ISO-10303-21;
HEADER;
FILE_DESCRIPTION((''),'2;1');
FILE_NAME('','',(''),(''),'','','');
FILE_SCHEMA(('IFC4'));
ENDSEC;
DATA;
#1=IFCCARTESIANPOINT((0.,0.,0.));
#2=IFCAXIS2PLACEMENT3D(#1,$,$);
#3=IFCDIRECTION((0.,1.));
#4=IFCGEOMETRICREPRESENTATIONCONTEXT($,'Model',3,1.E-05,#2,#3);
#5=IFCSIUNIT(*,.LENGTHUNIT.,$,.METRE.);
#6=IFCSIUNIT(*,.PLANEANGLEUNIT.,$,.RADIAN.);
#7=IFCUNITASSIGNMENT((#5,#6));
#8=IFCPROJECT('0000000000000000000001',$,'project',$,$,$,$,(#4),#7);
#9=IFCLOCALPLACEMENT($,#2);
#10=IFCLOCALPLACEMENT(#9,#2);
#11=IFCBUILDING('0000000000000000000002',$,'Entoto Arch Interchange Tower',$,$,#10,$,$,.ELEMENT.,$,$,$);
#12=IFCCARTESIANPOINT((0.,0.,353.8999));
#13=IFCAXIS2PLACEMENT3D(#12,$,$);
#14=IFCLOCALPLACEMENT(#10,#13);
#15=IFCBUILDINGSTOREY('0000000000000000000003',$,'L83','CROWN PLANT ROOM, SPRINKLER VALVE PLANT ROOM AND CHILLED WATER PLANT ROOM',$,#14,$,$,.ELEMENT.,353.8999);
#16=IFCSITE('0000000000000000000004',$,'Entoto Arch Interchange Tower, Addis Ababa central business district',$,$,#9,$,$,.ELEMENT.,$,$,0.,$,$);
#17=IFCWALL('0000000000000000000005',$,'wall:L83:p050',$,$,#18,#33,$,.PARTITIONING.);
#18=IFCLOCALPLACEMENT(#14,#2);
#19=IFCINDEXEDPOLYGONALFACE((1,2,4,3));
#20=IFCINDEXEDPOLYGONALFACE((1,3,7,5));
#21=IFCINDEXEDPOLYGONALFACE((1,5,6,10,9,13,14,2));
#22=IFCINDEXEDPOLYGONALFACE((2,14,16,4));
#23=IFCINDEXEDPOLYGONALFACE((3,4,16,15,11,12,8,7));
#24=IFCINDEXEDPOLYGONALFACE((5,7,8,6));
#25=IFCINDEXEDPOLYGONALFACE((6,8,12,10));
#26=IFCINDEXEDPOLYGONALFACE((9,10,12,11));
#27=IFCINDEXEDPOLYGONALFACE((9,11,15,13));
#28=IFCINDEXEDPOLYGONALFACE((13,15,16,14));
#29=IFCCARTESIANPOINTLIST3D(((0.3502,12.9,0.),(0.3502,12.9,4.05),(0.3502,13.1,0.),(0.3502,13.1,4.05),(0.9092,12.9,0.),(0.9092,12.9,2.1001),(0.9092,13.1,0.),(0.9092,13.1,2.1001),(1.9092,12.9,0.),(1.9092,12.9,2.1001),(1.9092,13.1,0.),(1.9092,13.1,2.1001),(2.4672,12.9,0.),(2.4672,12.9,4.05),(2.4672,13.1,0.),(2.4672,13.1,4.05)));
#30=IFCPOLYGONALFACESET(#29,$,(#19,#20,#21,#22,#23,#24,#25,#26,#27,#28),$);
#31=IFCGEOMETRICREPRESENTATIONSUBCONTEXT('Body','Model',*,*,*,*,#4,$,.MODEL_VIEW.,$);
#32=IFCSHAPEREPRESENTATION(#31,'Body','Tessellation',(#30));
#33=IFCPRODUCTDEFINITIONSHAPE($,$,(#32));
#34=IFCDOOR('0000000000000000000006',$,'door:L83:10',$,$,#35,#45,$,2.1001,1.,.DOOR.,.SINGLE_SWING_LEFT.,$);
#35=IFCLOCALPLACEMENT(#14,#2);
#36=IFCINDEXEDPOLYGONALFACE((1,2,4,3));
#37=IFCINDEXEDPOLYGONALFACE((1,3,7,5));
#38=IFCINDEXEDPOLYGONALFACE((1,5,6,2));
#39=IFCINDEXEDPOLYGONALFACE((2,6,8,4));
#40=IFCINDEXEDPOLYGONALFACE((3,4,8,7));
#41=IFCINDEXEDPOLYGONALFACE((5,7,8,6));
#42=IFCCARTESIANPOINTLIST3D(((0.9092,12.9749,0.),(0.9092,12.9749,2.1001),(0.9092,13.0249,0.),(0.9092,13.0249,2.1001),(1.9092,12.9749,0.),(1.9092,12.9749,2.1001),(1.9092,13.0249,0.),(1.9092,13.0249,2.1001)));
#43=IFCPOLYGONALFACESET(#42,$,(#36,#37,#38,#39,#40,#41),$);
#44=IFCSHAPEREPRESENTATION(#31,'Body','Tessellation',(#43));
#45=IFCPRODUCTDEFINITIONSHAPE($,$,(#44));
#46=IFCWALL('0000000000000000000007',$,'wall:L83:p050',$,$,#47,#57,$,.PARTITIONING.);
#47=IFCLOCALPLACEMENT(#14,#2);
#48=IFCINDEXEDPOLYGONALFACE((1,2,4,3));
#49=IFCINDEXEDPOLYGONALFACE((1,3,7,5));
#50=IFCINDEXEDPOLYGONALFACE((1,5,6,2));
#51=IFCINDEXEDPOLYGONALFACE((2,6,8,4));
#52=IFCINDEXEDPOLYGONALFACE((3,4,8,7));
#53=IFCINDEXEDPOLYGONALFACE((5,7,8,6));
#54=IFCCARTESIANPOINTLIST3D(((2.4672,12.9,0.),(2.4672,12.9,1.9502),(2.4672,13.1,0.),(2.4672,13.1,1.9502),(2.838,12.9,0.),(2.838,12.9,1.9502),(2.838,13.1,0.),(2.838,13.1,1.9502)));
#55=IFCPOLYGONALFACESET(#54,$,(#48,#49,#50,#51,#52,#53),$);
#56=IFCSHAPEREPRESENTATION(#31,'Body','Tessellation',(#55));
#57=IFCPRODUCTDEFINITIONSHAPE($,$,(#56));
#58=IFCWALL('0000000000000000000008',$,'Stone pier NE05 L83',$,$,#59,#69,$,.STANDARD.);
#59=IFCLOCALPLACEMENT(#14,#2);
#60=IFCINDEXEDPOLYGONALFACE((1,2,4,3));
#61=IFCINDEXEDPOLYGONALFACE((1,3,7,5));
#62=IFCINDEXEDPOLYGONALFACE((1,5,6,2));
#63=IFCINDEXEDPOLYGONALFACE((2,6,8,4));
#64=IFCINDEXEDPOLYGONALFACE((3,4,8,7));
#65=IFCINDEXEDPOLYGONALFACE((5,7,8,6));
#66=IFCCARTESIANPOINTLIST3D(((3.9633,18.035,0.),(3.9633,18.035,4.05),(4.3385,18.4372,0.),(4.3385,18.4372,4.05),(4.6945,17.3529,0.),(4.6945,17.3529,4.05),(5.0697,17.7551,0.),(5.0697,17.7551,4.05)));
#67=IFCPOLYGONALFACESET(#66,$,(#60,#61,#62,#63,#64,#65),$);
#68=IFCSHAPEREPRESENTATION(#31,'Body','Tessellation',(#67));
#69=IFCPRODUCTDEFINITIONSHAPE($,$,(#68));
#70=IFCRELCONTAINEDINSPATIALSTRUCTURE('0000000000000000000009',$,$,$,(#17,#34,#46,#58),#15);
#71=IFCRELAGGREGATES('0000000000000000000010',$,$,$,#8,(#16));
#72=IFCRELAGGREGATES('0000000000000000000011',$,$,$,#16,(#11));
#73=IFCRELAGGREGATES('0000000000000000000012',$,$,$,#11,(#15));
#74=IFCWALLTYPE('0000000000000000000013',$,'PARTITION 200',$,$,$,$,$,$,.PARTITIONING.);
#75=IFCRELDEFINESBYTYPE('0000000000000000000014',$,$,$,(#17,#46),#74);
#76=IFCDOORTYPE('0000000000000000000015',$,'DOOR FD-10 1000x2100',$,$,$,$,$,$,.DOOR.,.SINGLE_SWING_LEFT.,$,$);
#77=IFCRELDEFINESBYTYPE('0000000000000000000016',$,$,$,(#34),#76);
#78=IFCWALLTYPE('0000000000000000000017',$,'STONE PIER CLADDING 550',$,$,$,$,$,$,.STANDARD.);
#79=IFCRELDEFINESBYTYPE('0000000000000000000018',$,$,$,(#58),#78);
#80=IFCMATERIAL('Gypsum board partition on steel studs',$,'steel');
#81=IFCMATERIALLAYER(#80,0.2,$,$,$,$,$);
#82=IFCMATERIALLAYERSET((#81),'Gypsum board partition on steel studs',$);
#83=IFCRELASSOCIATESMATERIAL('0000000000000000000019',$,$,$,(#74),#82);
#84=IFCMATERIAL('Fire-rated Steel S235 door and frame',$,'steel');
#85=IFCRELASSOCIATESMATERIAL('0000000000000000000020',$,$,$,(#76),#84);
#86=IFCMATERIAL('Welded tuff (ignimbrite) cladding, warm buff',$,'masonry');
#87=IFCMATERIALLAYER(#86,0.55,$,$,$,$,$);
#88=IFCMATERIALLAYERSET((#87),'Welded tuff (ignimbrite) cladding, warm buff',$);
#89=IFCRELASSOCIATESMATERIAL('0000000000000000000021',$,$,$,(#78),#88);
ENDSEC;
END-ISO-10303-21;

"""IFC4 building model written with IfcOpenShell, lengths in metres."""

from ifc_helpers import new_model, si_unit, direction, frame, frame_2d, origin, place, context, subcontext, project, spatial, rectangle, extrude, material, layer, layer_set, type_object, element, fill, save


model = new_model("IFC4")

# Units and contexts
model_context = context("Model", 3, precision=1e-05, world=origin(), true_north=direction((0.0, 1.0)))
body_context = subcontext(model_context, "Body", "Model", "MODEL_VIEW")
ifc_project = project(units=[si_unit("LENGTHUNIT", "METRE"), si_unit("PLANEANGLEUNIT", "RADIAN")], contexts=[model_context])

# Site, building, storey
site_placement = place(None, origin())
site = spatial("IfcSite", under=ifc_project, at=site_placement, Name="Entoto Arch Interchange Tower, Addis Ababa central business district", CompositionType="ELEMENT", RefElevation=0.0)
building_placement = place(site_placement, origin())
building = spatial("IfcBuilding", under=site, at=building_placement, Name="Entoto Arch Interchange Tower", CompositionType="ELEMENT")
storey_placement = place(building_placement, frame((0.0, 0.0, 353.8999)))
storey = spatial("IfcBuildingStorey", under=building, at=storey_placement, Name="L83", Description="CROWN PLANT ROOM, SPRINKLER VALVE PLANT ROOM AND CHILLED WATER PLANT ROOM", CompositionType="ELEMENT", Elevation=353.8999)

# Shared definitions
ifc_material_1 = material(Name="Gypsum board partition on steel studs", Category="steel")
ifc_layer_1 = layer(ifc_material_1, 0.2)
ifc_layer_set_1 = layer_set([ifc_layer_1], Name="Gypsum board partition on steel studs")
wall_type_1 = type_object("IfcWallType", Name="PARTITION 200", PredefinedType="PARTITIONING", material=ifc_layer_set_1)

# Shared definitions
ifc_material_2 = material(Name="Fire-rated Steel S235 door and frame", Category="steel")
door_type = type_object("IfcDoorType", Name="DOOR FD-10 1000x2100", OperationType="SINGLE_SWING_LEFT", PredefinedType="DOOR", material=ifc_material_2)

# Wall, opening, door
wall_1_placement = place(storey_placement, frame((0.3501, 13.0, 0.0), z_axis=(0.0, 0.0, 1.0), x_axis=(1.0, 0.0, 0.0)))
wall_1 = element("IfcWall", 1, at=wall_1_placement, inside=storey, type_object=wall_type_1, Name="wall:L83:p050", PredefinedType="PARTITIONING", context=body_context, shape_type="SweptSolid", body=[
    extrude(rectangle(XDim=2.1169, YDim=0.2, at=frame_2d((1.0586, 0.0))), origin(), (0.0, 0.0, 1.0), 4.05),
])
opening_1_placement = place(wall_1_placement, frame((0.5591, 0.0, 0.0)))
opening_1 = element("IfcOpeningElement", 2, at=opening_1_placement, cuts=wall_1, PredefinedType="OPENING", context=body_context, shape_type="SweptSolid", body=[
    extrude(rectangle(XDim=1.0, YDim=2.1001, at=frame_2d((0.5, 1.05))), frame((0.0, 0.1099, 0.0), z_axis=(0.0, -1.0, 0.0), x_axis=(1.0, 0.0, 0.0)), (0.0, 0.0, 1.0), 0.22),
])
door_1_placement = place(opening_1_placement, origin())
door_1 = element("IfcDoor", 3, at=door_1_placement, inside=storey, type_object=door_type, Name="door:L83:10", OperationType="SINGLE_SWING_LEFT", OverallHeight=2.1001, OverallWidth=1.0, PredefinedType="DOOR", context=body_context, shape_type="SweptSolid", body=[
    extrude(rectangle(XDim=1.0, YDim=2.1001, at=frame_2d((0.5, 1.05))), frame((0.0, 0.0249, 0.0), z_axis=(0.0, -1.0, 0.0), x_axis=(1.0, 0.0, 0.0)), (0.0, 0.0, 1.0), 0.05),
])
fill(opening_1, door_1)

# Walls
wall_2_placement = place(storey_placement, frame((2.467, 13.0, 0.0), z_axis=(0.0, 0.0, 1.0), x_axis=(1.0, 0.0, 0.0)))
element("IfcWall", 4, at=wall_2_placement, inside=storey, type_object=wall_type_1, Name="wall:L83:p050", PredefinedType="PARTITIONING", context=body_context, shape_type="SweptSolid", body=[
    extrude(rectangle(XDim=0.3708, YDim=0.2, at=frame_2d((0.1855, 0.0))), origin(), (0.0, 0.0, 1.0), 1.9502),
])
ifc_material_3 = material(Name="Welded tuff (ignimbrite) cladding, warm buff", Category="masonry")
ifc_layer_2 = layer(ifc_material_3, 0.55)
ifc_layer_set_2 = layer_set([ifc_layer_2], Name="Welded tuff (ignimbrite) cladding, warm buff")
wall_type_2 = type_object("IfcWallType", Name="STONE PIER CLADDING 550", PredefinedType="STANDARD", material=ifc_layer_set_2)
wall_3_placement = place(storey_placement, frame((4.8821, 17.554, 0.0), z_axis=(0.0, 0.0, 1.0), x_axis=(-0.731218, 0.682144, 0.0)))
element("IfcWall", 5, at=wall_3_placement, inside=storey, type_object=wall_type_2, Name="Stone pier NE05 L83", PredefinedType="STANDARD", context=body_context, shape_type="SweptSolid", body=[
    extrude(rectangle(XDim=1.0, YDim=0.55, at=frame_2d((0.5, 0.0))), origin(), (0.0, 0.0, 1.0), 4.05),
])

save(model, "model.ifc")
